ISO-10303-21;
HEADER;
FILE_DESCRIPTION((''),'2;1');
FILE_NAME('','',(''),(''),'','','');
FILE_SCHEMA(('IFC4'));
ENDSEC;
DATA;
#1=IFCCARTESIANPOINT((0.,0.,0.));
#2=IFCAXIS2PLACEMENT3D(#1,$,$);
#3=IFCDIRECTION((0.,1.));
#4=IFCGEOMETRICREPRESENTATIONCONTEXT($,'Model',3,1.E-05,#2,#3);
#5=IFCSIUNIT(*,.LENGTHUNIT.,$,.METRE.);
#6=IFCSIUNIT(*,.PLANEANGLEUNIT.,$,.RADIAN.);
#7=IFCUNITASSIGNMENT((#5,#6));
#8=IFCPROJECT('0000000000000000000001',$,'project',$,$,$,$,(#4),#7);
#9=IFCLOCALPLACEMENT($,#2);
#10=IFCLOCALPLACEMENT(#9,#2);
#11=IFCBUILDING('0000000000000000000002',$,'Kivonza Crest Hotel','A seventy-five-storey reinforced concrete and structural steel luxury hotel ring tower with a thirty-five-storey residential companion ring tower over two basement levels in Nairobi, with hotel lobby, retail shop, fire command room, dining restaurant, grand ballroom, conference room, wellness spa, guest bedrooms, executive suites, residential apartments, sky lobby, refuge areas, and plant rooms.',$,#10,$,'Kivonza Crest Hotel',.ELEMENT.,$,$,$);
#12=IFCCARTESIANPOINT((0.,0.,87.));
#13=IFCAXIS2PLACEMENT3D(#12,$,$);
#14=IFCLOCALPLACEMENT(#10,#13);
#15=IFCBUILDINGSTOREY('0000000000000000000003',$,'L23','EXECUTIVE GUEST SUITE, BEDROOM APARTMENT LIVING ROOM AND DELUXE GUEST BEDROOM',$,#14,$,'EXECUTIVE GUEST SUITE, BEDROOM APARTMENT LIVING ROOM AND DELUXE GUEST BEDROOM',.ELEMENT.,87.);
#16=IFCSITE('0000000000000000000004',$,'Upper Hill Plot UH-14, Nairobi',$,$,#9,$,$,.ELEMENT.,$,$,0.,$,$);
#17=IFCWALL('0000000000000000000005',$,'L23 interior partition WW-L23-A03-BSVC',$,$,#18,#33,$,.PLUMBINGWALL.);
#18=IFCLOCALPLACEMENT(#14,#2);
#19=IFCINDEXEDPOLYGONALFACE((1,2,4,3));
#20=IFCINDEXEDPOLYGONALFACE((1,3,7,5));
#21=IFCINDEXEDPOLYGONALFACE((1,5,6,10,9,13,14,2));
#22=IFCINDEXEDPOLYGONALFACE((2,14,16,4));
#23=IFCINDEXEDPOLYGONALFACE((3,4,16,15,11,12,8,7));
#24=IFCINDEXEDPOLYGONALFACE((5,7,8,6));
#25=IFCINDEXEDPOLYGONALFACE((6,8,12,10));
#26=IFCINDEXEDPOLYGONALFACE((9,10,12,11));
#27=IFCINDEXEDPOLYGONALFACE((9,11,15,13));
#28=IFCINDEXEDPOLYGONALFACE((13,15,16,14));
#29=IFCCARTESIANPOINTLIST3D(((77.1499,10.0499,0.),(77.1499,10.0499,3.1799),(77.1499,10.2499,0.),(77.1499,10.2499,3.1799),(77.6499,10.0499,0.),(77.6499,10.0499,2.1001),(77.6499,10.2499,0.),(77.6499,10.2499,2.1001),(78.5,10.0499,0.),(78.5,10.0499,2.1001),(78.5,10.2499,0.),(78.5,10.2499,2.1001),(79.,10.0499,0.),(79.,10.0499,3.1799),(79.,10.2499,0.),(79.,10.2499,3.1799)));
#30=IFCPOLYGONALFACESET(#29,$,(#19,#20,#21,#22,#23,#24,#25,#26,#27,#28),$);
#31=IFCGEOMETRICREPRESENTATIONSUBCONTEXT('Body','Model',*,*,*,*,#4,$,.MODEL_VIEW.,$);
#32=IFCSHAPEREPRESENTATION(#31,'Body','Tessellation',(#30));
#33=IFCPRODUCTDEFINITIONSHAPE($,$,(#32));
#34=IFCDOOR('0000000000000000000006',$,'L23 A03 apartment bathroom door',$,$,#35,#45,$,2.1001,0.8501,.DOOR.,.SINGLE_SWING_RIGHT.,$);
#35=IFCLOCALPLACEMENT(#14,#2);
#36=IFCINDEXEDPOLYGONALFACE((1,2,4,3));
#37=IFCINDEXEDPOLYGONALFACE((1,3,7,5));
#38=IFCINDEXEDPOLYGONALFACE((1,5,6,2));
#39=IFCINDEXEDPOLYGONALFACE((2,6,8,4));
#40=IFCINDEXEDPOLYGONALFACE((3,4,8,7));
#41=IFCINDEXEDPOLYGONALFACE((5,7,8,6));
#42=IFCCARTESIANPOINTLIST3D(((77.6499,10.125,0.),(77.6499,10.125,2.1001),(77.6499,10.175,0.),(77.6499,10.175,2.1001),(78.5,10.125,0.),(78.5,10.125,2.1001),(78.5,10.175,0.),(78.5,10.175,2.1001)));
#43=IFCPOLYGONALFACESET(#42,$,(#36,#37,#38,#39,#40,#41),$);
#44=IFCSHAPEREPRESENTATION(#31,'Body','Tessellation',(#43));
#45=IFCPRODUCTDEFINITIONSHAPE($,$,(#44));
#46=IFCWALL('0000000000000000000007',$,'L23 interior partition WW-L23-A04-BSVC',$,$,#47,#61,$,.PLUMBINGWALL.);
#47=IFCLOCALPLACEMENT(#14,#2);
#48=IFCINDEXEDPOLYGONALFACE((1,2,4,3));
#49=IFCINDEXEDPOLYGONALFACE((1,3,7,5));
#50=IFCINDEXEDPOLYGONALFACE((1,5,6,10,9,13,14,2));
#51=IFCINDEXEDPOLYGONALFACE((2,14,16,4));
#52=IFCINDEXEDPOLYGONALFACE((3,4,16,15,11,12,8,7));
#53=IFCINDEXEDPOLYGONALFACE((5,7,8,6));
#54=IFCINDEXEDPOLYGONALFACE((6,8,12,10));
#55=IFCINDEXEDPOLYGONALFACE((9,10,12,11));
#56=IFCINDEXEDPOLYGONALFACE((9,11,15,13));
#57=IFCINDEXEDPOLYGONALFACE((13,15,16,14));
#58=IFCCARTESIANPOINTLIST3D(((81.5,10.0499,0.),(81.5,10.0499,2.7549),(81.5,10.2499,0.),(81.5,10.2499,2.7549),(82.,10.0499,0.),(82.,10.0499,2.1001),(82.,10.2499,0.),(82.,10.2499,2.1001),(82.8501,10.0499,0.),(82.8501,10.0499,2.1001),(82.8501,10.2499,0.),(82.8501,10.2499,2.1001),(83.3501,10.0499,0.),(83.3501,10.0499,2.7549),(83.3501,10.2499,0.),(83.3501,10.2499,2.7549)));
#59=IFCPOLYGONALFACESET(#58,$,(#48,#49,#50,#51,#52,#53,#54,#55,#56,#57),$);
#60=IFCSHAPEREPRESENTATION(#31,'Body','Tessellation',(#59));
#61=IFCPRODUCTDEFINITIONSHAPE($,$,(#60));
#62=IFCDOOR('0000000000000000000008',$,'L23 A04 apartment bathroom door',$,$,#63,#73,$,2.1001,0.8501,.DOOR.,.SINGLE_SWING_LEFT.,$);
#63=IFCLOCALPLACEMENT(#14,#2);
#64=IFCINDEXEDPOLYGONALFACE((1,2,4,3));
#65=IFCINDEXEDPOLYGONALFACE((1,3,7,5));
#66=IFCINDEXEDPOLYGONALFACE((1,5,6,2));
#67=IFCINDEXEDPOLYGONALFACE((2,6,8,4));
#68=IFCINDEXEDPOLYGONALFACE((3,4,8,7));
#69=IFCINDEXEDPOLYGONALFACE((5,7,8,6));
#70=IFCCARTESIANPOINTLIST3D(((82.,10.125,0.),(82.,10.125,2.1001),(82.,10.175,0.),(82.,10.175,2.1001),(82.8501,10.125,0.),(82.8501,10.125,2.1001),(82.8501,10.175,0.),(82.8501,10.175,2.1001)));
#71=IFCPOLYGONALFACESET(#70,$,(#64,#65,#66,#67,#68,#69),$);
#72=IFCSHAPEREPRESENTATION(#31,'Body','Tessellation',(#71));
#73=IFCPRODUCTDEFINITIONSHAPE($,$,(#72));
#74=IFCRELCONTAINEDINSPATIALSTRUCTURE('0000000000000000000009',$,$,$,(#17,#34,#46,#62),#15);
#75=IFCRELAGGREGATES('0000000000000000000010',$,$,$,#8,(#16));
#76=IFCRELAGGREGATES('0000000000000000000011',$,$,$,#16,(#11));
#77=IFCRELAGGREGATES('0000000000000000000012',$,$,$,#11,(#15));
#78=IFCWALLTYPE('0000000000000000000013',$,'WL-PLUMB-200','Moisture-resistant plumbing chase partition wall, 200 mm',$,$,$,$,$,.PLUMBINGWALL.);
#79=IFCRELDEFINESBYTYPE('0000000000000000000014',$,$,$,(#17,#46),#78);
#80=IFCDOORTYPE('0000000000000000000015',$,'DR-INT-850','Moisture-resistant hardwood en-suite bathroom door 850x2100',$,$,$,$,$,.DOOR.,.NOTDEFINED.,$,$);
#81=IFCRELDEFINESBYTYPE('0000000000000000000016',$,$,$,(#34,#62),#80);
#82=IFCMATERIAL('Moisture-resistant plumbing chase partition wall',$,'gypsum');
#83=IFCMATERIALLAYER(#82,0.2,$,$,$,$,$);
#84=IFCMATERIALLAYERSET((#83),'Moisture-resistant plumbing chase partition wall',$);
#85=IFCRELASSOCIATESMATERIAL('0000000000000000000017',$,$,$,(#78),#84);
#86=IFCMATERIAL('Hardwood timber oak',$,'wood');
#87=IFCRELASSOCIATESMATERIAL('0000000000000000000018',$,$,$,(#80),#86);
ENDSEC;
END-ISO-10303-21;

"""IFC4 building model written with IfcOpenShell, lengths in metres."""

from ifc_helpers import new_model, si_unit, direction, frame, frame_2d, origin, place, context, subcontext, project, spatial, rectangle, extrude, material, layer, layer_set, type_object, element, fill, save


model = new_model("IFC4")

# Units and contexts
model_context = context("Model", 3, precision=1e-05, world=origin(), true_north=direction((0.0, 1.0)))
body_context = subcontext(model_context, "Body", "Model", "MODEL_VIEW")
ifc_project = project(units=[si_unit("LENGTHUNIT", "METRE"), si_unit("PLANEANGLEUNIT", "RADIAN")], contexts=[model_context])

# Site, building, storey
site_placement = place(None, origin())
site = spatial("IfcSite", under=ifc_project, at=site_placement, Name="Upper Hill Plot UH-14, Nairobi", CompositionType="ELEMENT", RefElevation=0.0)
building_placement = place(site_placement, origin())
building = spatial("IfcBuilding", under=site, at=building_placement, Name="Kivonza Crest Hotel", Description="A seventy-five-storey reinforced concrete and structural steel luxury hotel ring tower with a thirty-five-storey residential companion ring tower over two basement levels in Nairobi, with hotel lobby, retail shop, fire command room, dining restaurant, grand ballroom, conference room, wellness spa, guest bedrooms, executive suites, residential apartments, sky lobby, refuge areas, and plant rooms.", LongName="Kivonza Crest Hotel", CompositionType="ELEMENT")
storey_placement = place(building_placement, frame((0.0, 0.0, 87.0)))
storey = spatial("IfcBuildingStorey", under=building, at=storey_placement, Name="L23", Description="EXECUTIVE GUEST SUITE, BEDROOM APARTMENT LIVING ROOM AND DELUXE GUEST BEDROOM", LongName="EXECUTIVE GUEST SUITE, BEDROOM APARTMENT LIVING ROOM AND DELUXE GUEST BEDROOM", CompositionType="ELEMENT", Elevation=87.0)

# Walls, openings, doors
ifc_material_1 = material(Name="Hardwood timber oak", Category="wood")
ifc_material_2 = material(Name="Moisture-resistant plumbing chase partition wall", Category="gypsum")
ifc_layer_1 = layer(ifc_material_2, 0.2)
ifc_layer_set_1 = layer_set([ifc_layer_1], Name="Moisture-resistant plumbing chase partition wall")
wall_type_1 = type_object("IfcWallType", Name="WL-PLUMB-200", Description="Moisture-resistant plumbing chase partition wall, 200 mm", PredefinedType="PLUMBINGWALL", material=ifc_layer_set_1)
wall_1_placement = place(storey_placement, frame((77.1499, 10.1499, 0.0), z_axis=(0.0, 0.0, 1.0), x_axis=(1.0, 0.0, 0.0)))
wall_1 = element("IfcWall", 1, at=wall_1_placement, inside=storey, type_object=wall_type_1, Name="L23 interior partition WW-L23-A03-BSVC", PredefinedType="PLUMBINGWALL", context=body_context, shape_type="SweptSolid", body=[
    extrude(rectangle(XDim=1.8501, YDim=0.2, at=frame_2d((0.925, 0.0))), origin(), (0.0, 0.0, 1.0), 3.1799),
])
opening_1_placement = place(wall_1_placement, frame((0.5, 0.0, 0.0)))
opening_1 = element("IfcOpeningElement", 2, at=opening_1_placement, cuts=wall_1, PredefinedType="OPENING", context=body_context, shape_type="SweptSolid", body=[
    extrude(rectangle(XDim=0.8501, YDim=2.1001, at=frame_2d((0.425, 1.05))), frame((0.0, 0.1099, 0.0), z_axis=(0.0, -1.0, 0.0), x_axis=(1.0, 0.0, 0.0)), (0.0, 0.0, 1.0), 0.22),
])
door_type_1 = type_object("IfcDoorType", Name="DR-INT-850", Description="Moisture-resistant hardwood en-suite bathroom door 850x2100", OperationType="NOTDEFINED", PredefinedType="DOOR", material=ifc_material_1)
door_1_placement = place(opening_1_placement, frame((0.8501, 0.0, 0.0), z_axis=(0.0, 0.0, 1.0), x_axis=(-1.0, 0.0, 0.0)))
door_1 = element("IfcDoor", 3, at=door_1_placement, inside=storey, type_object=door_type_1, Name="L23 A03 apartment bathroom door", OperationType="SINGLE_SWING_RIGHT", OverallHeight=2.1001, OverallWidth=0.8501, PredefinedType="DOOR", context=body_context, shape_type="SweptSolid", body=[
    extrude(rectangle(XDim=0.8501, YDim=2.1001, at=frame_2d((0.425, 1.05))), frame((0.0, 0.0249, 0.0), z_axis=(0.0, -1.0, 0.0), x_axis=(1.0, 0.0, 0.0)), (0.0, 0.0, 1.0), 0.05),
])
fill(opening_1, door_1)
wall_2_placement = place(storey_placement, frame((81.5, 10.1499, 0.0), z_axis=(0.0, 0.0, 1.0), x_axis=(1.0, 0.0, 0.0)))
wall_2 = element("IfcWall", 4, at=wall_2_placement, inside=storey, type_object=wall_type_1, Name="L23 interior partition WW-L23-A04-BSVC", PredefinedType="PLUMBINGWALL", context=body_context, shape_type="SweptSolid", body=[
    extrude(rectangle(XDim=1.8501, YDim=0.2, at=frame_2d((0.925, 0.0))), origin(), (0.0, 0.0, 1.0), 2.7549),
])
opening_2_placement = place(wall_2_placement, frame((0.5, 0.0, 0.0)))
opening_2 = element("IfcOpeningElement", 5, at=opening_2_placement, cuts=wall_2, PredefinedType="OPENING", context=body_context, shape_type="SweptSolid", body=[
    extrude(rectangle(XDim=0.8501, YDim=2.1001, at=frame_2d((0.425, 1.05))), frame((0.0, 0.1099, 0.0), z_axis=(0.0, -1.0, 0.0), x_axis=(1.0, 0.0, 0.0)), (0.0, 0.0, 1.0), 0.22),
])
door_2_placement = place(opening_2_placement, frame((0.8501, 0.0, 0.0), z_axis=(0.0, 0.0, 1.0), x_axis=(-1.0, 0.0, 0.0)))
door_2 = element("IfcDoor", 6, at=door_2_placement, inside=storey, type_object=door_type_1, Name="L23 A04 apartment bathroom door", OperationType="SINGLE_SWING_LEFT", OverallHeight=2.1001, OverallWidth=0.8501, PredefinedType="DOOR", context=body_context, shape_type="SweptSolid", body=[
    extrude(rectangle(XDim=0.8501, YDim=2.1001, at=frame_2d((0.425, 1.05))), frame((0.0, 0.0249, 0.0), z_axis=(0.0, -1.0, 0.0), x_axis=(1.0, 0.0, 0.0)), (0.0, 0.0, 1.0), 0.05),
])
fill(opening_2, door_2)

save(model, "model.ifc")
